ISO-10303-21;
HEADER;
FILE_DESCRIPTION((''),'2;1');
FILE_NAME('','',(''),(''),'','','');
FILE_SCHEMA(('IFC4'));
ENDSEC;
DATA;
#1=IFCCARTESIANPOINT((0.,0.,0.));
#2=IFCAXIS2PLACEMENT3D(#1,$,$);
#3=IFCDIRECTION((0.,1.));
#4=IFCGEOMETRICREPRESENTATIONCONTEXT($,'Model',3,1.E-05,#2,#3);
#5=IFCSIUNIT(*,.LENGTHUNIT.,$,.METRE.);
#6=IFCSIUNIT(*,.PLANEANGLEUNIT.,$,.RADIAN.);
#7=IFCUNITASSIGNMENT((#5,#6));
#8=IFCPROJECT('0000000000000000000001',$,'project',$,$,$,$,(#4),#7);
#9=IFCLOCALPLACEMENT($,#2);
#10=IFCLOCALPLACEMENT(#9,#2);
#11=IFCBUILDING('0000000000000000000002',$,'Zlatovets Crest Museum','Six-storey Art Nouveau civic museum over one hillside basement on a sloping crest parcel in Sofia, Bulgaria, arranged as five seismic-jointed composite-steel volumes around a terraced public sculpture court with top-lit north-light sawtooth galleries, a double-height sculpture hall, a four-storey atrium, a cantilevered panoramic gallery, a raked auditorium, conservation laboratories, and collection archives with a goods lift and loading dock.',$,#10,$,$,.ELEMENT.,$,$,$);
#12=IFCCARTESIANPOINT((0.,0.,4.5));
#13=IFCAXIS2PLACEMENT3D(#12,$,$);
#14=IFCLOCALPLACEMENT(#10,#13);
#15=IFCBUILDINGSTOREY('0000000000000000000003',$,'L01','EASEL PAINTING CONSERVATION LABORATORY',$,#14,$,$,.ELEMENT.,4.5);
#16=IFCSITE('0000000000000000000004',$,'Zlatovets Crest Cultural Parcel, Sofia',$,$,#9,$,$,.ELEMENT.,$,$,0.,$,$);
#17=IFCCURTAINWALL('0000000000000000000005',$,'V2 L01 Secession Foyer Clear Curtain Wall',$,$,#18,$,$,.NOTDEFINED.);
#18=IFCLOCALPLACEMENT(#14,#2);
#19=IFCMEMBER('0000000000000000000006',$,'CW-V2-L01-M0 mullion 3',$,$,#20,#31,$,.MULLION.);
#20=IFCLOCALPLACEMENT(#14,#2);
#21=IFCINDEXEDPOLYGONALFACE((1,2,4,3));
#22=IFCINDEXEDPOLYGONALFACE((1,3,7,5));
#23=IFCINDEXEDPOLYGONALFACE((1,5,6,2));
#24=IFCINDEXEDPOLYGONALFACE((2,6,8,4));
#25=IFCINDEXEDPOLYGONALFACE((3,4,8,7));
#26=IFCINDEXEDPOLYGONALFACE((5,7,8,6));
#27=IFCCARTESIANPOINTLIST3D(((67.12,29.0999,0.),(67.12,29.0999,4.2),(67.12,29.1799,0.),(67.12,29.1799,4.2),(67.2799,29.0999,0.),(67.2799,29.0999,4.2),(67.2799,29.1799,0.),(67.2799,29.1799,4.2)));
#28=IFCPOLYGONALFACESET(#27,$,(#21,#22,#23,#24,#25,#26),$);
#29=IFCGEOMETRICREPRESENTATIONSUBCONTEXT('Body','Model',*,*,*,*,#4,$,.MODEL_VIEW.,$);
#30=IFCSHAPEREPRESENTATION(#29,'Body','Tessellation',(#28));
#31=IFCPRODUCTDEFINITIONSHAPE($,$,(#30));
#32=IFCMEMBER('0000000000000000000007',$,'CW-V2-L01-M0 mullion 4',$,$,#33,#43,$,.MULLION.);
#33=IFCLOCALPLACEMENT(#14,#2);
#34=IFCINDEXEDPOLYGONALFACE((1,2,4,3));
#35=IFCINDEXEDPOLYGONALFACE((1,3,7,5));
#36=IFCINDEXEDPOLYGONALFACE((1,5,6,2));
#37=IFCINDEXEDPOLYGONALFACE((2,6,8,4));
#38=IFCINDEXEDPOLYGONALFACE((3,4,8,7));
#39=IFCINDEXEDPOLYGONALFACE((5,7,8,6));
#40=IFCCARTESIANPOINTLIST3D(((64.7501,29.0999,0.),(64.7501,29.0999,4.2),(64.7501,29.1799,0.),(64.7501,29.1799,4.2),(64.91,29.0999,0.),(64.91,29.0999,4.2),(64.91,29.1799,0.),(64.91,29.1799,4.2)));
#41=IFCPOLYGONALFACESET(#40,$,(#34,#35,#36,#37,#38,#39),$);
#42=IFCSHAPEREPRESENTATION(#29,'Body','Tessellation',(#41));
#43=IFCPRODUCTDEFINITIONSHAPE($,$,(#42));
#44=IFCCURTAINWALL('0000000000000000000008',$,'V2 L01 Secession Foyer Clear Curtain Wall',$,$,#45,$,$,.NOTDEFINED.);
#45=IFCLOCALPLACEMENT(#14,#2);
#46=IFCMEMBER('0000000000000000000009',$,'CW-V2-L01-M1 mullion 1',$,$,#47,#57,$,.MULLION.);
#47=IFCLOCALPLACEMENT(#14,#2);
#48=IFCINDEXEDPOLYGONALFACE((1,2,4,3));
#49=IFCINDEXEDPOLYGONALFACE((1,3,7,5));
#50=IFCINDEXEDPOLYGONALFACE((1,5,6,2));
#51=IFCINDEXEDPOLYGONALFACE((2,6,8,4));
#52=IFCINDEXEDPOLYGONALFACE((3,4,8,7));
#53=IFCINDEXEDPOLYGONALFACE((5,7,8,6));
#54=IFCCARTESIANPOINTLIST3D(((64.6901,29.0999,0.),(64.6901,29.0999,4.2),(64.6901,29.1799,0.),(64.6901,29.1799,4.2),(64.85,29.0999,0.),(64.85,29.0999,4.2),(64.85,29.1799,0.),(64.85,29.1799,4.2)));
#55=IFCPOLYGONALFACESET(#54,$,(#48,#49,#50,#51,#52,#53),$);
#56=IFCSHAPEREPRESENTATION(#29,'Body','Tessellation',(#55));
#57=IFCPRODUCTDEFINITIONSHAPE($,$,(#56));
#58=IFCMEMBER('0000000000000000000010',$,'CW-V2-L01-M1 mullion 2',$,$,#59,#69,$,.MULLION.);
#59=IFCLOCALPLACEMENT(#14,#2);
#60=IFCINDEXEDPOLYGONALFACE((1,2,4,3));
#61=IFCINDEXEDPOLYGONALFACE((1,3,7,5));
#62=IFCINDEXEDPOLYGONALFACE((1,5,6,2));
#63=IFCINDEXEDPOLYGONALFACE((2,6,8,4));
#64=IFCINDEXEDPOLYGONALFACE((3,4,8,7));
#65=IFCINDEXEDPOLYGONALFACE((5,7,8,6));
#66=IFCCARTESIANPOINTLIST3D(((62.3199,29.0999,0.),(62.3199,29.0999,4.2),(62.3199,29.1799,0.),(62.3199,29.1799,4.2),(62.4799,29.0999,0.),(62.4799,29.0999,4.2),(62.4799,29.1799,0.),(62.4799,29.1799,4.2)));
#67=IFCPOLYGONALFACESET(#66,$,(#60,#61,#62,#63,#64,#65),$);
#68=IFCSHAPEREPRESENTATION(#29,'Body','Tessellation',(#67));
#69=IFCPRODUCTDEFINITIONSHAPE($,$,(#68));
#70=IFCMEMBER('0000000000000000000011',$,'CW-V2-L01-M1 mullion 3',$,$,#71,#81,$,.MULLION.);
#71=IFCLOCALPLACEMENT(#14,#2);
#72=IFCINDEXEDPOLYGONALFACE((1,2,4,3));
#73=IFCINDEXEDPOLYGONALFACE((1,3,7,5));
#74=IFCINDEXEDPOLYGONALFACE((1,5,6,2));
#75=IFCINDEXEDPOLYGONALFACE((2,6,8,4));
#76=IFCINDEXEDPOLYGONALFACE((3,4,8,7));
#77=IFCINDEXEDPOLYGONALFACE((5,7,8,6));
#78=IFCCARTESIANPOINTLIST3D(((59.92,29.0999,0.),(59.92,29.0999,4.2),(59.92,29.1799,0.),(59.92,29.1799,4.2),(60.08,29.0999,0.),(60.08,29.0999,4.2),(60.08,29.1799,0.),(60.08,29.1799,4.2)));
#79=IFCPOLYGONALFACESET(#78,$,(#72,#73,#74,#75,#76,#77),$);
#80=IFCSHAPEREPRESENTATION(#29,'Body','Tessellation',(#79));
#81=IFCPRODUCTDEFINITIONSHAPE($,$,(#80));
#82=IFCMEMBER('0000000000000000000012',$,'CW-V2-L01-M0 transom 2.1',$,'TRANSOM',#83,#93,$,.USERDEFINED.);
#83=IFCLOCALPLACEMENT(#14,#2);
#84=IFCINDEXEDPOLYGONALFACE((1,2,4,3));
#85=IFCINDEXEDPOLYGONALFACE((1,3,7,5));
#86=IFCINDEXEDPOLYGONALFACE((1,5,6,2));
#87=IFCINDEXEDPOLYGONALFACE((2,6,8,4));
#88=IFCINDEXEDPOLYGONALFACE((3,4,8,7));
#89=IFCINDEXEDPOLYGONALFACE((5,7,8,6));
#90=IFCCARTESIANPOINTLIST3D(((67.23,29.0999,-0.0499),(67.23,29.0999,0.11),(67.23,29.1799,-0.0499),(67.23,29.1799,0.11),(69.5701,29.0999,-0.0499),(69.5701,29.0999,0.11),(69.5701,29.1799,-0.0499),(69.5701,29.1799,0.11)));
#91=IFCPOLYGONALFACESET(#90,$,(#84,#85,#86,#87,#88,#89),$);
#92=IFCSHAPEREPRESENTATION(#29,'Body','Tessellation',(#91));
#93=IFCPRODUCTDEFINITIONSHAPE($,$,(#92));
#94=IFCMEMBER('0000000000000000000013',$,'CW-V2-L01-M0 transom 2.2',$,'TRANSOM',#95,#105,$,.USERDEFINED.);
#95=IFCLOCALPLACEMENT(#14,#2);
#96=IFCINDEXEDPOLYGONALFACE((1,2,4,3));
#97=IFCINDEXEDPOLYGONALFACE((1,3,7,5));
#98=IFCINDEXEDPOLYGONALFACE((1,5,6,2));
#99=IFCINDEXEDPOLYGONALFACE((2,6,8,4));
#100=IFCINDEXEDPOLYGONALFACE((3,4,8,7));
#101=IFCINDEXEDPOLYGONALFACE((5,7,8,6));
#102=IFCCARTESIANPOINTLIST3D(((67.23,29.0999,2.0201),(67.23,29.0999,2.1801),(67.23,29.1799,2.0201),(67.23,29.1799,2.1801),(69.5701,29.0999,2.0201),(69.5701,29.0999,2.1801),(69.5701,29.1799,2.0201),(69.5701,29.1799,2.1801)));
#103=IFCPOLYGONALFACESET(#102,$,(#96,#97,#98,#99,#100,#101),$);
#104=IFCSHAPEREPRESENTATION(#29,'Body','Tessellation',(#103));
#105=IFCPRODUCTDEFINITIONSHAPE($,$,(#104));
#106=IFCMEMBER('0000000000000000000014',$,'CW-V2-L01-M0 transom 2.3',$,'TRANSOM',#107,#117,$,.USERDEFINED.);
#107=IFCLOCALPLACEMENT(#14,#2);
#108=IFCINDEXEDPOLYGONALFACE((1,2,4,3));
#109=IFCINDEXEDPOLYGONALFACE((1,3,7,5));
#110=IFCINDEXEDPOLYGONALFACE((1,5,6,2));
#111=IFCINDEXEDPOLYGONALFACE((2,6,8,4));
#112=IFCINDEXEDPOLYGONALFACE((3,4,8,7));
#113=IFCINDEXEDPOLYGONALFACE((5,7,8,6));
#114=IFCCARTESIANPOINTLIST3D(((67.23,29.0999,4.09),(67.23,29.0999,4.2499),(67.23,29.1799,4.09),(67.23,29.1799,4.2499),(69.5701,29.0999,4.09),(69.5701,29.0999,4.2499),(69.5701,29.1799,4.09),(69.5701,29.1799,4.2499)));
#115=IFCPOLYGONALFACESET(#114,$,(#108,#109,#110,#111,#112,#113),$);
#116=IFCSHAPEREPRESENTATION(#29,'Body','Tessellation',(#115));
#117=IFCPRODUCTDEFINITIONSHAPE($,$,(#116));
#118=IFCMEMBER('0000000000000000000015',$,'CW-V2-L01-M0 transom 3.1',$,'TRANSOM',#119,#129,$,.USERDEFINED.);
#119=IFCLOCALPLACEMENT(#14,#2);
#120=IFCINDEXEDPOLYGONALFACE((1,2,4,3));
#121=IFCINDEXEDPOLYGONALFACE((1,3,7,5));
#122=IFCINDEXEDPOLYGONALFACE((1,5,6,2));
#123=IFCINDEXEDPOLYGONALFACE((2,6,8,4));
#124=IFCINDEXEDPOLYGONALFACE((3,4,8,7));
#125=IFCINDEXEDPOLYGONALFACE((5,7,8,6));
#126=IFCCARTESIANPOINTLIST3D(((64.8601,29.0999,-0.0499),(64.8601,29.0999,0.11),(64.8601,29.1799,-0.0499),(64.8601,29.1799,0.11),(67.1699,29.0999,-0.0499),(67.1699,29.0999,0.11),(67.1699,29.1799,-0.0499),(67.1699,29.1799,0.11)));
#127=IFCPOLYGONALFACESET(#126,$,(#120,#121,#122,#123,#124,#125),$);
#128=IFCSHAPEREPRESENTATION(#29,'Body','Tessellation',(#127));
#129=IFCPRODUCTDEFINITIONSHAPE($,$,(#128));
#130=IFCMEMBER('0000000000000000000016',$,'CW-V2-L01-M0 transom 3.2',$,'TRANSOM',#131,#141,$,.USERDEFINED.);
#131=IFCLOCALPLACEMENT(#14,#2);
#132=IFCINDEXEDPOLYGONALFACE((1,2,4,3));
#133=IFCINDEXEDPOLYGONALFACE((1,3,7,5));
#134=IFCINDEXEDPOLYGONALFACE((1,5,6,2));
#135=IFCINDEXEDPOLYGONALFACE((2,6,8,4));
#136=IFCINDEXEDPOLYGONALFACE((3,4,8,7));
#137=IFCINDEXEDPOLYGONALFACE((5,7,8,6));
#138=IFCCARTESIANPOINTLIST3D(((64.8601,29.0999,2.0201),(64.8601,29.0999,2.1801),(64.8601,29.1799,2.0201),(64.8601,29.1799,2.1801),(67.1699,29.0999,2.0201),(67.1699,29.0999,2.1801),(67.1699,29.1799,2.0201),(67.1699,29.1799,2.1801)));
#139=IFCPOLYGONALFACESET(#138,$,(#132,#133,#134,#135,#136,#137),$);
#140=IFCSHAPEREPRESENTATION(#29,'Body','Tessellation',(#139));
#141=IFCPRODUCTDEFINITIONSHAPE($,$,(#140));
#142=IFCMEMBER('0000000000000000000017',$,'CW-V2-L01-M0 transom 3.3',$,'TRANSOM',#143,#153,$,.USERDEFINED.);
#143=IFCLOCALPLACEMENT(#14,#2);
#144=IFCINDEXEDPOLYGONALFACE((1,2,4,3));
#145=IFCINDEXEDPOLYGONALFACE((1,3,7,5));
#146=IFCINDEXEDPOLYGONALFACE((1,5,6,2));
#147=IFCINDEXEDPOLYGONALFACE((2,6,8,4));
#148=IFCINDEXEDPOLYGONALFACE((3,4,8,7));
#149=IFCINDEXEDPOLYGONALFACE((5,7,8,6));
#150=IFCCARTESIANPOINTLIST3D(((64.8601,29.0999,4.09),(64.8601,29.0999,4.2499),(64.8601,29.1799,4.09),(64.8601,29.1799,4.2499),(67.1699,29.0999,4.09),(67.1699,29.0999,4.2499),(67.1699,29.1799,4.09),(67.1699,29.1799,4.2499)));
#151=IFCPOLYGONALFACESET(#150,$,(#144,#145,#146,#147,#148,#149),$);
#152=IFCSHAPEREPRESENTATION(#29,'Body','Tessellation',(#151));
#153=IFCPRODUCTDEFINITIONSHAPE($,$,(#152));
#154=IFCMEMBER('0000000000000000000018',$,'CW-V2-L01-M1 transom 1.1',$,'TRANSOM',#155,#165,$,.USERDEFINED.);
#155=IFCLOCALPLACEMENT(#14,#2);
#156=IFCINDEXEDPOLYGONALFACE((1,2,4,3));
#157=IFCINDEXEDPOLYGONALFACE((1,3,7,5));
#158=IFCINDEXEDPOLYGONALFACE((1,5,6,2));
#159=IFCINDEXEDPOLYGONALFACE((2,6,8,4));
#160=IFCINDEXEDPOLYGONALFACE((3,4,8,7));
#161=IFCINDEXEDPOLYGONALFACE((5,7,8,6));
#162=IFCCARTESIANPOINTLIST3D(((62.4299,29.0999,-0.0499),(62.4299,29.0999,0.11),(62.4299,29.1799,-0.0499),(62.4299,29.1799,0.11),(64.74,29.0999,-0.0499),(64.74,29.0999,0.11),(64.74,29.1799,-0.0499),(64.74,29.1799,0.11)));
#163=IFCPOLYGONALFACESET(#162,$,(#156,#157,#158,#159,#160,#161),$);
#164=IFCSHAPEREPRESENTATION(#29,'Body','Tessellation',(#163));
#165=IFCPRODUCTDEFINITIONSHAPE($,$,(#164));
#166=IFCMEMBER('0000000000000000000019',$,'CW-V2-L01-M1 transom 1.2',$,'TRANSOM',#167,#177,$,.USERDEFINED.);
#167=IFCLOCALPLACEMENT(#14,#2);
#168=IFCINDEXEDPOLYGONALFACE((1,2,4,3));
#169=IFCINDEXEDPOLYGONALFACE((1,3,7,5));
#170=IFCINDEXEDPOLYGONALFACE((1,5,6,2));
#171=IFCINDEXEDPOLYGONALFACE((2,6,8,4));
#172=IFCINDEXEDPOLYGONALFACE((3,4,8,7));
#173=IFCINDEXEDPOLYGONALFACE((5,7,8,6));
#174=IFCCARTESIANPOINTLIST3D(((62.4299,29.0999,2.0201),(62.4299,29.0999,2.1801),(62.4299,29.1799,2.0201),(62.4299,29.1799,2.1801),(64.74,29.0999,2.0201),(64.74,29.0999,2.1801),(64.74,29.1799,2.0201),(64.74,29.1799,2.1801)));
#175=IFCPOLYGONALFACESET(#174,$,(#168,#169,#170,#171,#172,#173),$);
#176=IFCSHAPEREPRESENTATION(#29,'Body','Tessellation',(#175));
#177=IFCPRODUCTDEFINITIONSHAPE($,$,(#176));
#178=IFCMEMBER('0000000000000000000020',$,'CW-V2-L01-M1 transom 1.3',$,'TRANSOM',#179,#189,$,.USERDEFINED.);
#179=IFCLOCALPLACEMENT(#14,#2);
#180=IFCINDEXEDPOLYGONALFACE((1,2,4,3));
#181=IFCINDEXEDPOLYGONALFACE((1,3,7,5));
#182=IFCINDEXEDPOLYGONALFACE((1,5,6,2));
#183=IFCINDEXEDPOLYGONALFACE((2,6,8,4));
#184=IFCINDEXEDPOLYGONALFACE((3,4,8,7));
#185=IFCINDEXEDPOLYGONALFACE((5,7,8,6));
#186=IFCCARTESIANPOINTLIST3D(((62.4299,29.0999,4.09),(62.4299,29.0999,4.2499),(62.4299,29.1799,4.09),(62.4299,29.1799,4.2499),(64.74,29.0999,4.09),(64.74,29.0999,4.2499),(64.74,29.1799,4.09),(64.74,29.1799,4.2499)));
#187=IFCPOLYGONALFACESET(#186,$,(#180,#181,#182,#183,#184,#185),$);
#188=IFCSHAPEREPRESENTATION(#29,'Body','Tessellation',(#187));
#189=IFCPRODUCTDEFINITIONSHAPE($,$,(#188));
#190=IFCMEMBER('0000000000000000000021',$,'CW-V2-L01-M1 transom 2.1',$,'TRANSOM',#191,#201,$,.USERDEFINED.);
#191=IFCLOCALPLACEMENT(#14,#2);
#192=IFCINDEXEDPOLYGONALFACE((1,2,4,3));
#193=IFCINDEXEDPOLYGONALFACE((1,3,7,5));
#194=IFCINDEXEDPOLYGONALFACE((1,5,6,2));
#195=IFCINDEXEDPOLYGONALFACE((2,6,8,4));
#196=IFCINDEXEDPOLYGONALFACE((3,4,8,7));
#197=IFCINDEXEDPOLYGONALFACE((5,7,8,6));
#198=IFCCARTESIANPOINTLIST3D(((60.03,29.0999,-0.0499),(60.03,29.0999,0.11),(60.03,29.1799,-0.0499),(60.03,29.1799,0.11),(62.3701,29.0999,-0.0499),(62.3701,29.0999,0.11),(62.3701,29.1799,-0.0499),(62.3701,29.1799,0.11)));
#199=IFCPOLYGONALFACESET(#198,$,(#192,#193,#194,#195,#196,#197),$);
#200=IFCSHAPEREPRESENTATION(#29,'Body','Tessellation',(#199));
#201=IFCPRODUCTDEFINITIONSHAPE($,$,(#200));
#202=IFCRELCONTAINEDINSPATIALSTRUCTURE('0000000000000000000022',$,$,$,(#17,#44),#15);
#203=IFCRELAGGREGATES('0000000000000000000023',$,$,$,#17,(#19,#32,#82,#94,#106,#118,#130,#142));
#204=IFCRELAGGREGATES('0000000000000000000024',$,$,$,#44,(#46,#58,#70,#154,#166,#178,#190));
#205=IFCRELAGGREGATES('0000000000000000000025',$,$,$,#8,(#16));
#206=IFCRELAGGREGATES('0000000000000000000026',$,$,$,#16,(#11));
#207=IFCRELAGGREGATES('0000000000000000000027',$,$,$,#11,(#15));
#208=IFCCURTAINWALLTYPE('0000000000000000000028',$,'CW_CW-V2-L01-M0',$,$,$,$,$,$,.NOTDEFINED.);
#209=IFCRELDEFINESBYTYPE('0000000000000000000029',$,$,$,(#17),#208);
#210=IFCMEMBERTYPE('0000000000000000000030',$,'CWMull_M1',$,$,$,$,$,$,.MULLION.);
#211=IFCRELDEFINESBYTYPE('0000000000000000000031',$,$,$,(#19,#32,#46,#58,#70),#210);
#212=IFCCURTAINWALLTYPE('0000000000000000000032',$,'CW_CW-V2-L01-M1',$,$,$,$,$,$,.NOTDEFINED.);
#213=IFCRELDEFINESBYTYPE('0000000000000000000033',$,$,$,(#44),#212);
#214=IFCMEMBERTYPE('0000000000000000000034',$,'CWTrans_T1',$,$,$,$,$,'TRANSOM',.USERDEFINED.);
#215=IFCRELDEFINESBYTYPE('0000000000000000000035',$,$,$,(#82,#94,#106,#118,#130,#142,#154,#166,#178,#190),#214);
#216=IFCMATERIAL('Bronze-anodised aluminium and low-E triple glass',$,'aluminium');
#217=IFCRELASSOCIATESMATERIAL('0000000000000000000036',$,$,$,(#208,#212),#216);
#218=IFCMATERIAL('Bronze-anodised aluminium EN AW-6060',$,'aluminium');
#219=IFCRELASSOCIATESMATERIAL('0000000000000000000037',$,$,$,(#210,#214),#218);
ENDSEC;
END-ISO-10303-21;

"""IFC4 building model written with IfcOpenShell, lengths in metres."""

from ifc_helpers import new_model, si_unit, direction, frame, origin, origin_2d, place, context, subcontext, project, spatial, rectangle, extrude, material, material_profile, profile_set, type_object, element, aggregate, save


model = new_model("IFC4")

# Units and contexts
model_context = context("Model", 3, precision=1e-05, world=origin(), true_north=direction((0.0, 1.0)))
body_context = subcontext(model_context, "Body", "Model", "MODEL_VIEW")
ifc_project = project(units=[si_unit("LENGTHUNIT", "METRE"), si_unit("PLANEANGLEUNIT", "RADIAN")], contexts=[model_context])

# Site, building, storey
site_placement = place(None, origin())
site = spatial("IfcSite", under=ifc_project, at=site_placement, Name="Zlatovets Crest Cultural Parcel, Sofia", CompositionType="ELEMENT", RefElevation=0.0)
building_placement = place(site_placement, origin())
building = spatial("IfcBuilding", under=site, at=building_placement, Name="Zlatovets Crest Museum", Description="Six-storey Art Nouveau civic museum over one hillside basement on a sloping crest parcel in Sofia, Bulgaria, arranged as five seismic-jointed composite-steel volumes around a terraced public sculpture court with top-lit north-light sawtooth galleries, a double-height sculpture hall, a four-storey atrium, a cantilevered panoramic gallery, a raked auditorium, conservation laboratories, and collection archives with a goods lift and loading dock.", CompositionType="ELEMENT")
storey_placement = place(building_placement, frame((0.0, 0.0, 4.5)))
storey = spatial("IfcBuildingStorey", under=building, at=storey_placement, Name="L01", Description="EASEL PAINTING CONSERVATION LABORATORY", CompositionType="ELEMENT", Elevation=4.5)

# Curtain walls, members
ifc_material_1 = material(Name="Bronze-anodised aluminium and low-E triple glass", Category="aluminium")
curtain_wall_type_1 = type_object("IfcCurtainWallType", Name="CW_CW-V2-L01-M0", PredefinedType="NOTDEFINED", material=ifc_material_1)
curtain_wall_1_placement = place(storey_placement, origin())
curtain_wall_1 = element("IfcCurtainWall", 1, at=curtain_wall_1_placement, inside=storey, type_object=curtain_wall_type_1, Name="V2 L01 Secession Foyer Clear Curtain Wall", PredefinedType="NOTDEFINED")
ifc_material_2 = material(Name="Bronze-anodised aluminium EN AW-6060", Category="aluminium")
ifc_material_profile_1 = material_profile(ifc_material_2, rectangle(XDim=0.0801, YDim=0.1599, at=origin_2d()), Name="ALU 80x160")
ifc_profile_set_1 = profile_set([ifc_material_profile_1], Name="Bronze-anodised aluminium EN AW-6060")
member_type_1 = type_object("IfcMemberType", Name="CWMull_M1", PredefinedType="MULLION", material=ifc_profile_set_1)
member_1_placement = place(storey_placement, frame((67.2, 29.1399, 0.0), z_axis=(0.0, 0.0, 1.0), x_axis=(0.0, -1.0, 0.0)))
member_1 = element("IfcMember", 2, at=member_1_placement, type_object=member_type_1, Name="CW-V2-L01-M0 mullion 3", PredefinedType="MULLION", context=body_context, shape_type="SweptSolid", body=[
    extrude(rectangle(XDim=0.0801, YDim=0.1599, at=origin_2d()), origin(), (0.0, 0.0, 1.0), 4.2),
])
member_2_placement = place(storey_placement, frame((64.8301, 29.1399, 0.0), z_axis=(0.0, 0.0, 1.0), x_axis=(0.0, -1.0, 0.0)))
member_2 = element("IfcMember", 3, at=member_2_placement, type_object=member_type_1, Name="CW-V2-L01-M0 mullion 4", PredefinedType="MULLION", context=body_context, shape_type="SweptSolid", body=[
    extrude(rectangle(XDim=0.0801, YDim=0.1599, at=origin_2d()), origin(), (0.0, 0.0, 1.0), 4.2),
])
curtain_wall_type_2 = type_object("IfcCurtainWallType", Name="CW_CW-V2-L01-M1", PredefinedType="NOTDEFINED", material=ifc_material_1)
curtain_wall_2_placement = place(storey_placement, origin())
curtain_wall_2 = element("IfcCurtainWall", 4, at=curtain_wall_2_placement, inside=storey, type_object=curtain_wall_type_2, Name="V2 L01 Secession Foyer Clear Curtain Wall", PredefinedType="NOTDEFINED")
member_3_placement = place(storey_placement, frame((64.77, 29.1399, 0.0), z_axis=(0.0, 0.0, 1.0), x_axis=(0.0, -1.0, 0.0)))
member_3 = element("IfcMember", 5, at=member_3_placement, type_object=member_type_1, Name="CW-V2-L01-M1 mullion 1", PredefinedType="MULLION", context=body_context, shape_type="SweptSolid", body=[
    extrude(rectangle(XDim=0.0801, YDim=0.1599, at=origin_2d()), origin(), (0.0, 0.0, 1.0), 4.2),
])
member_4_placement = place(storey_placement, frame((62.3999, 29.1399, 0.0), z_axis=(0.0, 0.0, 1.0), x_axis=(0.0, -1.0, 0.0)))
member_4 = element("IfcMember", 6, at=member_4_placement, type_object=member_type_1, Name="CW-V2-L01-M1 mullion 2", PredefinedType="MULLION", context=body_context, shape_type="SweptSolid", body=[
    extrude(rectangle(XDim=0.0801, YDim=0.1599, at=origin_2d()), origin(), (0.0, 0.0, 1.0), 4.2),
])
member_5_placement = place(storey_placement, frame((60.0, 29.1399, 0.0), z_axis=(0.0, 0.0, 1.0), x_axis=(0.0, -1.0, 0.0)))
member_5 = element("IfcMember", 7, at=member_5_placement, type_object=member_type_1, Name="CW-V2-L01-M1 mullion 3", PredefinedType="MULLION", context=body_context, shape_type="SweptSolid", body=[
    extrude(rectangle(XDim=0.0801, YDim=0.1599, at=origin_2d()), origin(), (0.0, 0.0, 1.0), 4.2),
])

# Members
ifc_material_profile_2 = material_profile(ifc_material_2, rectangle(XDim=0.0801, YDim=0.1599, at=origin_2d()), Name="ALU 80x160")
ifc_profile_set_2 = profile_set([ifc_material_profile_2], Name="Bronze-anodised aluminium EN AW-6060")
member_type_2 = type_object("IfcMemberType", Name="CWTrans_T1", ElementType="TRANSOM", PredefinedType="USERDEFINED", material=ifc_profile_set_2)
member_6_placement = place(storey_placement, frame((69.5701, 29.1399, 0.03), z_axis=(-1.0, 0.0, 0.0), x_axis=(0.0, -1.0, 0.0)))
member_6 = element("IfcMember", 8, at=member_6_placement, type_object=member_type_2, Name="CW-V2-L01-M0 transom 2.1", ObjectType="TRANSOM", PredefinedType="USERDEFINED", context=body_context, shape_type="SweptSolid", body=[
    extrude(rectangle(XDim=0.0801, YDim=0.1599, at=origin_2d()), origin(), (0.0, 0.0, 1.0), 2.3401),
])
member_7_placement = place(storey_placement, frame((69.5701, 29.1399, 2.1001), z_axis=(-1.0, 0.0, 0.0), x_axis=(0.0, -1.0, 0.0)))
member_7 = element("IfcMember", 9, at=member_7_placement, type_object=member_type_2, Name="CW-V2-L01-M0 transom 2.2", ObjectType="TRANSOM", PredefinedType="USERDEFINED", context=body_context, shape_type="SweptSolid", body=[
    extrude(rectangle(XDim=0.0801, YDim=0.1599, at=origin_2d()), origin(), (0.0, 0.0, 1.0), 2.3401),
])
member_8_placement = place(storey_placement, frame((69.5701, 29.1399, 4.1699), z_axis=(-1.0, 0.0, 0.0), x_axis=(0.0, -1.0, 0.0)))
member_8 = element("IfcMember", 10, at=member_8_placement, type_object=member_type_2, Name="CW-V2-L01-M0 transom 2.3", ObjectType="TRANSOM", PredefinedType="USERDEFINED", context=body_context, shape_type="SweptSolid", body=[
    extrude(rectangle(XDim=0.0801, YDim=0.1599, at=origin_2d()), origin(), (0.0, 0.0, 1.0), 2.3401),
])
member_9_placement = place(storey_placement, frame((67.1699, 29.1399, 0.03), z_axis=(-1.0, 0.0, 0.0), x_axis=(0.0, -1.0, 0.0)))
member_9 = element("IfcMember", 11, at=member_9_placement, type_object=member_type_2, Name="CW-V2-L01-M0 transom 3.1", ObjectType="TRANSOM", PredefinedType="USERDEFINED", context=body_context, shape_type="SweptSolid", body=[
    extrude(rectangle(XDim=0.0801, YDim=0.1599, at=origin_2d()), origin(), (0.0, 0.0, 1.0), 2.3098),
])
member_10_placement = place(storey_placement, frame((67.1699, 29.1399, 2.1001), z_axis=(-1.0, 0.0, 0.0), x_axis=(0.0, -1.0, 0.0)))
member_10 = element("IfcMember", 12, at=member_10_placement, type_object=member_type_2, Name="CW-V2-L01-M0 transom 3.2", ObjectType="TRANSOM", PredefinedType="USERDEFINED", context=body_context, shape_type="SweptSolid", body=[
    extrude(rectangle(XDim=0.0801, YDim=0.1599, at=origin_2d()), origin(), (0.0, 0.0, 1.0), 2.3098),
])
member_11_placement = place(storey_placement, frame((67.1699, 29.1399, 4.1699), z_axis=(-1.0, 0.0, 0.0), x_axis=(0.0, -1.0, 0.0)))
member_11 = element("IfcMember", 13, at=member_11_placement, type_object=member_type_2, Name="CW-V2-L01-M0 transom 3.3", ObjectType="TRANSOM", PredefinedType="USERDEFINED", context=body_context, shape_type="SweptSolid", body=[
    extrude(rectangle(XDim=0.0801, YDim=0.1599, at=origin_2d()), origin(), (0.0, 0.0, 1.0), 2.3098),
])
member_12_placement = place(storey_placement, frame((64.74, 29.1399, 0.03), z_axis=(-1.0, 0.0, 0.0), x_axis=(0.0, -1.0, 0.0)))
member_12 = element("IfcMember", 14, at=member_12_placement, type_object=member_type_2, Name="CW-V2-L01-M1 transom 1.1", ObjectType="TRANSOM", PredefinedType="USERDEFINED", context=body_context, shape_type="SweptSolid", body=[
    extrude(rectangle(XDim=0.0801, YDim=0.1599, at=origin_2d()), origin(), (0.0, 0.0, 1.0), 2.3101),
])
member_13_placement = place(storey_placement, frame((64.74, 29.1399, 2.1001), z_axis=(-1.0, 0.0, 0.0), x_axis=(0.0, -1.0, 0.0)))
member_13 = element("IfcMember", 15, at=member_13_placement, type_object=member_type_2, Name="CW-V2-L01-M1 transom 1.2", ObjectType="TRANSOM", PredefinedType="USERDEFINED", context=body_context, shape_type="SweptSolid", body=[
    extrude(rectangle(XDim=0.0801, YDim=0.1599, at=origin_2d()), origin(), (0.0, 0.0, 1.0), 2.3101),
])
member_14_placement = place(storey_placement, frame((64.74, 29.1399, 4.1699), z_axis=(-1.0, 0.0, 0.0), x_axis=(0.0, -1.0, 0.0)))
member_14 = element("IfcMember", 16, at=member_14_placement, type_object=member_type_2, Name="CW-V2-L01-M1 transom 1.3", ObjectType="TRANSOM", PredefinedType="USERDEFINED", context=body_context, shape_type="SweptSolid", body=[
    extrude(rectangle(XDim=0.0801, YDim=0.1599, at=origin_2d()), origin(), (0.0, 0.0, 1.0), 2.3101),
])
member_15_placement = place(storey_placement, frame((62.3701, 29.1399, 0.03), z_axis=(-1.0, 0.0, 0.0), x_axis=(0.0, -1.0, 0.0)))
member_15 = element("IfcMember", 17, at=member_15_placement, type_object=member_type_2, Name="CW-V2-L01-M1 transom 2.1", ObjectType="TRANSOM", PredefinedType="USERDEFINED", context=body_context, shape_type="SweptSolid", body=[
    extrude(rectangle(XDim=0.0801, YDim=0.1599, at=origin_2d()), origin(), (0.0, 0.0, 1.0), 2.3401),
])

aggregate(curtain_wall_1, [member_1, member_2, member_6, member_7, member_8, member_9, member_10, member_11])
aggregate(curtain_wall_2, [member_3, member_4, member_5, member_12, member_13, member_14, member_15])

save(model, "model.ifc")
